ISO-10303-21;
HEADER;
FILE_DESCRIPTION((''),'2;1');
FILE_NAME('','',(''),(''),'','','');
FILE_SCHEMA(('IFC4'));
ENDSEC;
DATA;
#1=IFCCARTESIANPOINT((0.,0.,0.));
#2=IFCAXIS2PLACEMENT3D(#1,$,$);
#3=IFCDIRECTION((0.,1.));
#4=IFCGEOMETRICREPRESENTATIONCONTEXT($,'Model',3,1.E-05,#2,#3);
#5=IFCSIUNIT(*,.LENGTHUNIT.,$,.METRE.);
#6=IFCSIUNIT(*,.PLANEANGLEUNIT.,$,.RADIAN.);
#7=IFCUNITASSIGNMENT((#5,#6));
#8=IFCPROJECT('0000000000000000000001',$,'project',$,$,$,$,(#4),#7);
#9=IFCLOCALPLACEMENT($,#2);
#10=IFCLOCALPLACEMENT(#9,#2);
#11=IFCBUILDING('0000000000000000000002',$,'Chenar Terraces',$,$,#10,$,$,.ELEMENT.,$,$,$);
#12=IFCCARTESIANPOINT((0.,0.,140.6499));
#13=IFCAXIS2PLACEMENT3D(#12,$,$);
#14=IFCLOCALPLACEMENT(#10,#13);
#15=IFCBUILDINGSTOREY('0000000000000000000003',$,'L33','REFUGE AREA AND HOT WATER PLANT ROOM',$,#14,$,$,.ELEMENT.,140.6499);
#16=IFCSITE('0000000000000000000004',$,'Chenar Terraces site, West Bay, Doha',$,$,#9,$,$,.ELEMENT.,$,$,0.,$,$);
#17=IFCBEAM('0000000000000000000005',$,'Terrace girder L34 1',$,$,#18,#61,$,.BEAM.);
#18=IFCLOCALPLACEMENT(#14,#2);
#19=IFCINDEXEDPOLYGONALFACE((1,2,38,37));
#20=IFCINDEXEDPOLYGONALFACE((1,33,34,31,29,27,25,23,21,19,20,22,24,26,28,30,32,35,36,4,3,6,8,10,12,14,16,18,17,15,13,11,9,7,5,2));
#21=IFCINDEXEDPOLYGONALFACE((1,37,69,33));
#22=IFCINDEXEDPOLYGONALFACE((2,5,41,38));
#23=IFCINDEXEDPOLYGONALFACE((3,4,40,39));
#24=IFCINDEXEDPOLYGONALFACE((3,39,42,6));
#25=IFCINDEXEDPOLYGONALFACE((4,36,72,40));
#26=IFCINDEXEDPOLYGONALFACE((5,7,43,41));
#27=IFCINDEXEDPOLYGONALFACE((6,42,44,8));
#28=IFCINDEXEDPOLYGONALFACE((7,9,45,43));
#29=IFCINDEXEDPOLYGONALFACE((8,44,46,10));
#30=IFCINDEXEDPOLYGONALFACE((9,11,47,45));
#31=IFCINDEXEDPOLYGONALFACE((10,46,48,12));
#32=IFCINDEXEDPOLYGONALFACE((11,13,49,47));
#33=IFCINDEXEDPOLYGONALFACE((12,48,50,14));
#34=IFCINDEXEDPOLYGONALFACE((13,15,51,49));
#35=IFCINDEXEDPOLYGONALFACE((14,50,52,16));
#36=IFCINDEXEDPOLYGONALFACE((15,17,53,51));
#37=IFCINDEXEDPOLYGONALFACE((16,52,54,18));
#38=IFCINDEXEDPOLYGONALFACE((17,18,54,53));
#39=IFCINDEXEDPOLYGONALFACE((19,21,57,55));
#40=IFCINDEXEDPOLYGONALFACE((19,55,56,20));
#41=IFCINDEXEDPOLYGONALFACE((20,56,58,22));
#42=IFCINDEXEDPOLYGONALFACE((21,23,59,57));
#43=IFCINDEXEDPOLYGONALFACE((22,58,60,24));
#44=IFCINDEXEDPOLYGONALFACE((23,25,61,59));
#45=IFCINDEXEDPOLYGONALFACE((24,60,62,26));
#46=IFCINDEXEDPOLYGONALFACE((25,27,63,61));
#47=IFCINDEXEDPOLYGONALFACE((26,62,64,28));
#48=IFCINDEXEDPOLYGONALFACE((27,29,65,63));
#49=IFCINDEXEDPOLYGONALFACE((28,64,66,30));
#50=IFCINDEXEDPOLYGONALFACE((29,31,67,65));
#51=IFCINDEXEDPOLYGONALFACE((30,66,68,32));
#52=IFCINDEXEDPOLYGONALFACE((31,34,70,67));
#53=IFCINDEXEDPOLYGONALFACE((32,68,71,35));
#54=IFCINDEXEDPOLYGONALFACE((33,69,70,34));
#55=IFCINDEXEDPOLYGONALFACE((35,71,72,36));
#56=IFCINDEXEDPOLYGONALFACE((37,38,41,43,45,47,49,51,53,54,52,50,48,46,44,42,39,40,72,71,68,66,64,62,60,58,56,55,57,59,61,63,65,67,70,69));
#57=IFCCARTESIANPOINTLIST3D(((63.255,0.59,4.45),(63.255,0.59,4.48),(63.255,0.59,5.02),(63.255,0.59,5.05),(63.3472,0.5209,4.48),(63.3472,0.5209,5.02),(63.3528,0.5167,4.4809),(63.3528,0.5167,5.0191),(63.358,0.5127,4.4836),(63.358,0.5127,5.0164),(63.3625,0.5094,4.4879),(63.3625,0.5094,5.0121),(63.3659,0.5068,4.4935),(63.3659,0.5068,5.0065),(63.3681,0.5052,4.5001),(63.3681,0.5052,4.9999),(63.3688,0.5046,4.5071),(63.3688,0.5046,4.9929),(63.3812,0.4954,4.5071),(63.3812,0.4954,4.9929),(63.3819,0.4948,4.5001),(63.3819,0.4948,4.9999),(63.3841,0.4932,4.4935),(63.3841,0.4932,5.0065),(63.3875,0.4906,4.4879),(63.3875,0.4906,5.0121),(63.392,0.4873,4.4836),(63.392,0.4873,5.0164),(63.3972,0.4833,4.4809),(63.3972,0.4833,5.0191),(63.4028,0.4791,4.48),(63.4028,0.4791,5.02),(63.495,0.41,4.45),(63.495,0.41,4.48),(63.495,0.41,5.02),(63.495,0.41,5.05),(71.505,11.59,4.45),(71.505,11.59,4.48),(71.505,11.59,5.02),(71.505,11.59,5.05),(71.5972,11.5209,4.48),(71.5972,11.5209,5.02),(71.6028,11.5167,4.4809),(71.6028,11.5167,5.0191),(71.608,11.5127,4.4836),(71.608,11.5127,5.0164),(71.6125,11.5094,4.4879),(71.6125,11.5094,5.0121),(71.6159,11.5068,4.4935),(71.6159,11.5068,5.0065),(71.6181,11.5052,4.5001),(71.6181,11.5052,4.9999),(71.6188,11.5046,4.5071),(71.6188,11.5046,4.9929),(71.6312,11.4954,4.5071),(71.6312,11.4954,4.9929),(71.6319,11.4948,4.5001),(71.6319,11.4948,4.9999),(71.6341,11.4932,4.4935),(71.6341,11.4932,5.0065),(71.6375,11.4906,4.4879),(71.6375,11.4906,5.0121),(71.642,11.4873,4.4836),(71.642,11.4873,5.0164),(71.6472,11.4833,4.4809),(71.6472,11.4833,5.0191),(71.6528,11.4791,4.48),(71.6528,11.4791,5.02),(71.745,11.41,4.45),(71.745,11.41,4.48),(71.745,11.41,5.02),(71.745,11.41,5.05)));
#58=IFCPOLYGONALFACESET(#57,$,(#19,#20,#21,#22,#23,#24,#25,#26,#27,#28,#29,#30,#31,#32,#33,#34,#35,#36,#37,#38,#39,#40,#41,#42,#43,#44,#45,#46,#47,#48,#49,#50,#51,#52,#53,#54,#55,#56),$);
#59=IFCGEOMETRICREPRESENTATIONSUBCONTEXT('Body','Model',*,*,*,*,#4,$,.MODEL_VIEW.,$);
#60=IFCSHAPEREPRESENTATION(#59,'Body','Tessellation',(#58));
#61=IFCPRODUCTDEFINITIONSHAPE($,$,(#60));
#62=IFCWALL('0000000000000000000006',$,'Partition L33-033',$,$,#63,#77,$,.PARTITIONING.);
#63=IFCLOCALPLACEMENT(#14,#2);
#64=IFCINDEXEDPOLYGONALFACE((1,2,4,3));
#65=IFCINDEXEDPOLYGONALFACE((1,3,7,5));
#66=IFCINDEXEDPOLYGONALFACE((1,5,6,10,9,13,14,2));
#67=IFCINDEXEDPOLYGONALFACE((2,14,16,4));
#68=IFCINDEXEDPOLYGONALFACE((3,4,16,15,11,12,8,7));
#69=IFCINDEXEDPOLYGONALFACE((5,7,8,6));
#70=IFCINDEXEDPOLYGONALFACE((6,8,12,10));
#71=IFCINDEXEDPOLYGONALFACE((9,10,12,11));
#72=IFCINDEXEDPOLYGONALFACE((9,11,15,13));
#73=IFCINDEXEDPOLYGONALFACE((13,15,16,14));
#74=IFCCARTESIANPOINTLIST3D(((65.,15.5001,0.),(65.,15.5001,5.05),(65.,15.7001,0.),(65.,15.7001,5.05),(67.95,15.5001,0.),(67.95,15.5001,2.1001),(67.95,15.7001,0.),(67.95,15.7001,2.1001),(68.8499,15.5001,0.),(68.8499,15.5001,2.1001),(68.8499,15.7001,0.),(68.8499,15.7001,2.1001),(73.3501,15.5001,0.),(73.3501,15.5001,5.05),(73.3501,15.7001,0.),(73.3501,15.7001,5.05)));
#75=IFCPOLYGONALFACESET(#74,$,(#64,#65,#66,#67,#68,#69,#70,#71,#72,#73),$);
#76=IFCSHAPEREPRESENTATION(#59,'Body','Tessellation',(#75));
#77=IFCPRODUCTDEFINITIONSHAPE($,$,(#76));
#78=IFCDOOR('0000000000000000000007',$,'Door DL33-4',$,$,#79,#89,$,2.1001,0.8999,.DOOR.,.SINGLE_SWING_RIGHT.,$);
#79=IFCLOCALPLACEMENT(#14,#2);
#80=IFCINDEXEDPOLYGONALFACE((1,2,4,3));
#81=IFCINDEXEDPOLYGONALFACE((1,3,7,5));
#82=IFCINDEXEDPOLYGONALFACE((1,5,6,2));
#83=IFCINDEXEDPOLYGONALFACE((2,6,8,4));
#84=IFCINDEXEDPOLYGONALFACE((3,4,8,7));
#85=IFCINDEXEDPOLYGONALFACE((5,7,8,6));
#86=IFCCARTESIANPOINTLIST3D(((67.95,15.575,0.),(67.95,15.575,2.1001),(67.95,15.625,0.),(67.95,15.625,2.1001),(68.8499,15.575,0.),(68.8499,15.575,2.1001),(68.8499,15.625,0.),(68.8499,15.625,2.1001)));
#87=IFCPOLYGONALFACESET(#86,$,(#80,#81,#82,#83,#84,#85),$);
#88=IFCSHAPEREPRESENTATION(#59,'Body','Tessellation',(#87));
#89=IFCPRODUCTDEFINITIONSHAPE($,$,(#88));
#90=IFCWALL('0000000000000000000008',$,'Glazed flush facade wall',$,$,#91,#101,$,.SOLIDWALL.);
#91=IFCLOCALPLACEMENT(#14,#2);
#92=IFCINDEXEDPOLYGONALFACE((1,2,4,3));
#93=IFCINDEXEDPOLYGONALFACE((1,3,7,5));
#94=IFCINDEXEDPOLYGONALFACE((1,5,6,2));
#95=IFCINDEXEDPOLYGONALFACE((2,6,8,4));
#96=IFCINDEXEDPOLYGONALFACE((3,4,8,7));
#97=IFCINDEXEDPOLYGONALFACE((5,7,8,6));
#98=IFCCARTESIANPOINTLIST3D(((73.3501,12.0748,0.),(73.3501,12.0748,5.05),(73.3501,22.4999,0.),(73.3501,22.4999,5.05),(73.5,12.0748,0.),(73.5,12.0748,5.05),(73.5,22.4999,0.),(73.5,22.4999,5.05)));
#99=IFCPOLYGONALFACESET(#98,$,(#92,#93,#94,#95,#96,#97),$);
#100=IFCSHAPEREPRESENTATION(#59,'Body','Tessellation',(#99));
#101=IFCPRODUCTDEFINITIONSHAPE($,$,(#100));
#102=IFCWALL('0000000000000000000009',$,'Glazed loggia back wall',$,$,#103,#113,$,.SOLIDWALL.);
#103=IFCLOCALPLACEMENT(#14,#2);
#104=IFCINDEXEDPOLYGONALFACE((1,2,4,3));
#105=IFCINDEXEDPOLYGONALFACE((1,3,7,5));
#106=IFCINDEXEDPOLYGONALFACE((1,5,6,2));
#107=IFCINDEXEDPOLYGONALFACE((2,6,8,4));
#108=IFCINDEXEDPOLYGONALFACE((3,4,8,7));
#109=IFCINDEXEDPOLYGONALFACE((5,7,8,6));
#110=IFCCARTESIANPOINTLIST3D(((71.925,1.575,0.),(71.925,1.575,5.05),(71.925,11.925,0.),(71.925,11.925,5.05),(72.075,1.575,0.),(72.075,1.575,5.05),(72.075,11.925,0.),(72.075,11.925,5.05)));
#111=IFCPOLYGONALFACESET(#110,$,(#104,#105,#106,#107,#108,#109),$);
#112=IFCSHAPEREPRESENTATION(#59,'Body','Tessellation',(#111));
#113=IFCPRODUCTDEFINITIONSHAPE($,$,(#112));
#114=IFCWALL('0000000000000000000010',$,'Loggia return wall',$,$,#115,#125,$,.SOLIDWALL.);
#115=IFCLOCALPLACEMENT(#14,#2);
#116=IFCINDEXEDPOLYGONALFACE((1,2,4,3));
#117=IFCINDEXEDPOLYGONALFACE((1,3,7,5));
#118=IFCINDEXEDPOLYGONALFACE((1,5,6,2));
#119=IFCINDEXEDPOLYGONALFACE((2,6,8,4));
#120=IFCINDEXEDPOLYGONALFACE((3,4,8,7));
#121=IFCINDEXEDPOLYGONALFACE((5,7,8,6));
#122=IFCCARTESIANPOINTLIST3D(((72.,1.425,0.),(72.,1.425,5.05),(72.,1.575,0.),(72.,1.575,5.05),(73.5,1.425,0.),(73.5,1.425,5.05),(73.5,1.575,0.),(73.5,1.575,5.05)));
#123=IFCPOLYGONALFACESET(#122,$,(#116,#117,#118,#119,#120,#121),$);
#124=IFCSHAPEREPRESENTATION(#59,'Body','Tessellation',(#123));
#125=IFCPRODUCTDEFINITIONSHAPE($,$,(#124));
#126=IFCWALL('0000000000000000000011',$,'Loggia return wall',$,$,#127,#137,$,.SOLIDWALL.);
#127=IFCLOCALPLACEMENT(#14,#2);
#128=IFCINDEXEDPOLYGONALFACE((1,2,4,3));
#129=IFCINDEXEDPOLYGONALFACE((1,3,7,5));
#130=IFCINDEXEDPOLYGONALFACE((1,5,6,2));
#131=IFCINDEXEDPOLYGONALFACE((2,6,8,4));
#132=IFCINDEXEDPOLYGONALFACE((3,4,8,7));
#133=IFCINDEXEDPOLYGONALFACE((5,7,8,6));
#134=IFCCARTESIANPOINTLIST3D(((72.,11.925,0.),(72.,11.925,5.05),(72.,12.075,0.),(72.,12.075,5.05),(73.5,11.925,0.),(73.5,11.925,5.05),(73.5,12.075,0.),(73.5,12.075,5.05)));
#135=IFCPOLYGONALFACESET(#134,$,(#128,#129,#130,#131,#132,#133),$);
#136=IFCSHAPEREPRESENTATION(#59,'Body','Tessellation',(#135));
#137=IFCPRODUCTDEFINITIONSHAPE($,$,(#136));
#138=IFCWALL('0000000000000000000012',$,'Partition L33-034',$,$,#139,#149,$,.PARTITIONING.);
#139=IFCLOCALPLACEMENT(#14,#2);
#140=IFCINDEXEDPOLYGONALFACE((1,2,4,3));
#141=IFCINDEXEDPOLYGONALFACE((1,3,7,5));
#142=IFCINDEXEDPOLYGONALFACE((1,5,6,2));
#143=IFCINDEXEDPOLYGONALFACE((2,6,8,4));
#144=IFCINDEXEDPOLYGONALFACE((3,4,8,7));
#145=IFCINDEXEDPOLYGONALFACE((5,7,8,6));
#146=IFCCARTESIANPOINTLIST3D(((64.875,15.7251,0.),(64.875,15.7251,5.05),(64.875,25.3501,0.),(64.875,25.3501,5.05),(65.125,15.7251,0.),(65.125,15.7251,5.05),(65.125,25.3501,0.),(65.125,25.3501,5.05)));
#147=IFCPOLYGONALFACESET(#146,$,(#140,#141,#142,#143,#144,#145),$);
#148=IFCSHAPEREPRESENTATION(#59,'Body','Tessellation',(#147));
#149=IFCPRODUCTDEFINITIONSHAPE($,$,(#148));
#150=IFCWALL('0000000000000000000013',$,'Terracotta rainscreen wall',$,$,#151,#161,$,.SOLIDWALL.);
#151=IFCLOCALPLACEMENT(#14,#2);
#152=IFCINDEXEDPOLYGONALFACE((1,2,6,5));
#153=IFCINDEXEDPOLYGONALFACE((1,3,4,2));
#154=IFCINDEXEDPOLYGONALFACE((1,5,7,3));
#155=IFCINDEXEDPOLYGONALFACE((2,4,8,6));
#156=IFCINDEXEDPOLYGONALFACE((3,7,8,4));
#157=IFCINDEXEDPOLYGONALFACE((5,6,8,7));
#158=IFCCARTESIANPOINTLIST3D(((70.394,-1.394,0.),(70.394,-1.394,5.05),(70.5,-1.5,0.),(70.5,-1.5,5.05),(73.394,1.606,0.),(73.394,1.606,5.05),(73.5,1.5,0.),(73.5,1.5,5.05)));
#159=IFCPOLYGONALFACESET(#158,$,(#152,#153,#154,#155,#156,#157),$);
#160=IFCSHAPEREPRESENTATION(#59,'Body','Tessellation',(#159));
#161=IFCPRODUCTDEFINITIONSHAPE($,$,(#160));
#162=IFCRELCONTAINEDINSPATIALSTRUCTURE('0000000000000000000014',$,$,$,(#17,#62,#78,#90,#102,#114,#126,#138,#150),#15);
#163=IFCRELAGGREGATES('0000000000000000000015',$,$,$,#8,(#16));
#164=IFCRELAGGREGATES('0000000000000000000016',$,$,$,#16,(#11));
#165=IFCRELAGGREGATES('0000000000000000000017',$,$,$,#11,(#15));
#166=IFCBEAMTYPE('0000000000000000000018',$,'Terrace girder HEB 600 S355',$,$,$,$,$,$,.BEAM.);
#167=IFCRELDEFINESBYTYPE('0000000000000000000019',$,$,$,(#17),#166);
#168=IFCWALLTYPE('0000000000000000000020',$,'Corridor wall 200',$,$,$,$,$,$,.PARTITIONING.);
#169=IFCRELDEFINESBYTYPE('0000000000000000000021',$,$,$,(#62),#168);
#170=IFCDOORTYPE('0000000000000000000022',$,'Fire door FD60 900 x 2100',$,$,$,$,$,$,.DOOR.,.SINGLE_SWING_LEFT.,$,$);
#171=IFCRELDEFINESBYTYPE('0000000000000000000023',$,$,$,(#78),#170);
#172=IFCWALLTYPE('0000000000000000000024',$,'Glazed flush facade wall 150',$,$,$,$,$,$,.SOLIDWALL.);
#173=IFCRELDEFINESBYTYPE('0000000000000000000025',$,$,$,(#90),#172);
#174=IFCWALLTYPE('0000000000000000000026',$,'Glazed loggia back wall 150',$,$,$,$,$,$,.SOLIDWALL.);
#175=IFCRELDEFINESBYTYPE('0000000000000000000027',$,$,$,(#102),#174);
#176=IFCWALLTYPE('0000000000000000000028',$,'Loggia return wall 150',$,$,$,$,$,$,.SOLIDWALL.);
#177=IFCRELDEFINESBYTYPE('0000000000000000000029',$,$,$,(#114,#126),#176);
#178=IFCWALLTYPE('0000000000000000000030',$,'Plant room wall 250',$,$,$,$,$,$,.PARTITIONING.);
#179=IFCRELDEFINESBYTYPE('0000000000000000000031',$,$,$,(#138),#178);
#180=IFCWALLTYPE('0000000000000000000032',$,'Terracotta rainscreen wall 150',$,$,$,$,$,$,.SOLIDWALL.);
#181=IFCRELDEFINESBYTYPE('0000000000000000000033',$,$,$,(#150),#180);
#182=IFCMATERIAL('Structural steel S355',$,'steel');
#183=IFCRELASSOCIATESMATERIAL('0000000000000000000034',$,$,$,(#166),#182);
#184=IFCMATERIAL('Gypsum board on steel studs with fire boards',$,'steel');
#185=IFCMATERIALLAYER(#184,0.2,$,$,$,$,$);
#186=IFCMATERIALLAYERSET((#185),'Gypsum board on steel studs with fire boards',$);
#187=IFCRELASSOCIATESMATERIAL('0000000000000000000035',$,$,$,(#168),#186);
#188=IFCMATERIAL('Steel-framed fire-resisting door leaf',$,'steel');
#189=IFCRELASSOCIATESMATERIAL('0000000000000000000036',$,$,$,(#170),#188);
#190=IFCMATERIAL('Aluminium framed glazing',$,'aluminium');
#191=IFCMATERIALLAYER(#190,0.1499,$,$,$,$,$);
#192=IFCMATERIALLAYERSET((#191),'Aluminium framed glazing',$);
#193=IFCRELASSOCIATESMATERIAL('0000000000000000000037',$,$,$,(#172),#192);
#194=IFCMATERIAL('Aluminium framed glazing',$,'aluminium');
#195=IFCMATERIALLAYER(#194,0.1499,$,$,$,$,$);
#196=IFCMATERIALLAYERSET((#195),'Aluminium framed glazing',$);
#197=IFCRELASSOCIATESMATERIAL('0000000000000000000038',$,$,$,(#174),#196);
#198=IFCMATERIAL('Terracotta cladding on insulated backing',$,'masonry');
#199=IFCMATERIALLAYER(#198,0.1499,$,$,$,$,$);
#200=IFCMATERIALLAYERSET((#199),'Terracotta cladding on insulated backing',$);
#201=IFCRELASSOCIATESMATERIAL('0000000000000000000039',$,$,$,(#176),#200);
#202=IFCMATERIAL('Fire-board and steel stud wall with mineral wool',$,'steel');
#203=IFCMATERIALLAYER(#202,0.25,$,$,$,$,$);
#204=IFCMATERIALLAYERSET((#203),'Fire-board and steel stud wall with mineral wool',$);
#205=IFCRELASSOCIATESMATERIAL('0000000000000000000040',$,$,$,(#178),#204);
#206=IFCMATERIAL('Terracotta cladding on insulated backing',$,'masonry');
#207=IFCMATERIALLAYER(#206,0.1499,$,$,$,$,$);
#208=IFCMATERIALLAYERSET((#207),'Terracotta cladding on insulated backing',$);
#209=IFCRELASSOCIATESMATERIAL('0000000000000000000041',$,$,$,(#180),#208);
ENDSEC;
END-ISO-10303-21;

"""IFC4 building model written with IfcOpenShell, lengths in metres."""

from ifc_helpers import new_model, si_unit, direction, frame, frame_2d, origin, origin_2d, place, context, subcontext, project, spatial, rectangle, i_section, extrude, material, layer, layer_set, material_profile, profile_set, type_object, element, fill, save


model = new_model("IFC4")

# Units and contexts
model_context = context("Model", 3, precision=1e-05, world=origin(), true_north=direction((0.0, 1.0)))
body_context = subcontext(model_context, "Body", "Model", "MODEL_VIEW")
ifc_project = project(units=[si_unit("LENGTHUNIT", "METRE"), si_unit("PLANEANGLEUNIT", "RADIAN")], contexts=[model_context])

# Site, building, storey
site_placement = place(None, origin())
site = spatial("IfcSite", under=ifc_project, at=site_placement, Name="Chenar Terraces site, West Bay, Doha", CompositionType="ELEMENT", RefElevation=0.0)
building_placement = place(site_placement, origin())
building = spatial("IfcBuilding", under=site, at=building_placement, Name="Chenar Terraces", CompositionType="ELEMENT")
storey_placement = place(building_placement, frame((0.0, 0.0, 140.6499)))
storey = spatial("IfcBuildingStorey", under=building, at=storey_placement, Name="L33", Description="REFUGE AREA AND HOT WATER PLANT ROOM", CompositionType="ELEMENT", Elevation=140.6499)

# Beam
ifc_material_1 = material(Name="Structural steel S355", Category="steel")
ifc_material_profile_1 = material_profile(ifc_material_1, i_section(OverallWidth=0.3, OverallDepth=0.6001, WebThickness=0.0154, FlangeThickness=0.03, FilletRadius=0.0271, at=origin_2d()), Name="HEB 600")
ifc_profile_set_1 = profile_set([ifc_material_profile_1], Name="Structural steel S355")
beam_type_1 = type_object("IfcBeamType", Name="Terrace girder HEB 600 S355", PredefinedType="BEAM", material=ifc_profile_set_1)
beam_placement = place(storey_placement, frame((63.375, 0.5, 4.75), z_axis=(0.6, 0.8, 0.0), x_axis=(-0.8, 0.6, 0.0)))
element("IfcBeam", 1, at=beam_placement, inside=storey, type_object=beam_type_1, Name="Terrace girder L34 1", PredefinedType="BEAM", context=body_context, shape_type="SweptSolid", body=[
    extrude(i_section(OverallWidth=0.3, OverallDepth=0.6001, WebThickness=0.0154, FlangeThickness=0.03, FilletRadius=0.0271, at=origin_2d()), origin(), (0.0, 0.0, 1.0), 13.75),
])

# Wall, opening, door
ifc_material_2 = material(Name="Gypsum board on steel studs with fire boards", Category="steel")
ifc_layer_1 = layer(ifc_material_2, 0.2)
ifc_layer_set_1 = layer_set([ifc_layer_1], Name="Gypsum board on steel studs with fire boards")
wall_type_1 = type_object("IfcWallType", Name="Corridor wall 200", PredefinedType="PARTITIONING", material=ifc_layer_set_1)
wall_1_placement = place(storey_placement, frame((65.0, 15.6001, 0.0), z_axis=(0.0, 0.0, 1.0), x_axis=(1.0, 0.0, 0.0)))
wall_1 = element("IfcWall", 2, at=wall_1_placement, inside=storey, type_object=wall_type_1, Name="Partition L33-033", PredefinedType="PARTITIONING", context=body_context, shape_type="SweptSolid", body=[
    extrude(rectangle(XDim=8.3501, YDim=0.2, at=frame_2d((4.175, 0.0))), origin(), (0.0, 0.0, 1.0), 5.05),
])
opening_placement = place(wall_1_placement, frame((2.95, 0.0, 0.0)))
opening = element("IfcOpeningElement", 3, at=opening_placement, cuts=wall_1, PredefinedType="OPENING", context=body_context, shape_type="SweptSolid", body=[
    extrude(rectangle(XDim=0.8999, YDim=2.1001, at=frame_2d((0.45, 1.05))), frame((0.0, 0.1099, 0.0), z_axis=(0.0, -1.0, 0.0), x_axis=(1.0, 0.0, 0.0)), (0.0, 0.0, 1.0), 0.22),
])
ifc_material_3 = material(Name="Steel-framed fire-resisting door leaf", Category="steel")
door_type = type_object("IfcDoorType", Name="Fire door FD60 900 x 2100", OperationType="SINGLE_SWING_LEFT", PredefinedType="DOOR", material=ifc_material_3)
door_placement = place(opening_placement, origin())
door = element("IfcDoor", 4, at=door_placement, inside=storey, type_object=door_type, Name="Door DL33-4", OperationType="SINGLE_SWING_RIGHT", OverallHeight=2.1001, OverallWidth=0.8999, PredefinedType="DOOR", context=body_context, shape_type="SweptSolid", body=[
    extrude(rectangle(XDim=0.8999, YDim=2.1001, at=frame_2d((0.45, 1.05))), frame((0.0, 0.0249, 0.0), z_axis=(0.0, -1.0, 0.0), x_axis=(1.0, 0.0, 0.0)), (0.0, 0.0, 1.0), 0.05),
])
fill(opening, door)

# Walls
ifc_material_4 = material(Name="Aluminium framed glazing", Category="aluminium")
ifc_layer_2 = layer(ifc_material_4, 0.1499)
ifc_layer_set_2 = layer_set([ifc_layer_2], Name="Aluminium framed glazing")
wall_type_2 = type_object("IfcWallType", Name="Glazed flush facade wall 150", PredefinedType="SOLIDWALL", material=ifc_layer_set_2)
wall_2_placement = place(storey_placement, frame((73.425, 12.075, 0.0), z_axis=(0.0, 0.0, 1.0), x_axis=(0.0, 1.0, 0.0)))
element("IfcWall", 5, at=wall_2_placement, inside=storey, type_object=wall_type_2, Name="Glazed flush facade wall", PredefinedType="SOLIDWALL", context=body_context, shape_type="SweptSolid", body=[
    extrude(rectangle(XDim=10.425, YDim=0.1499, at=frame_2d((5.2124, 0.0))), origin(), (0.0, 0.0, 1.0), 5.05),
])
ifc_material_5 = material(Name="Aluminium framed glazing", Category="aluminium")
ifc_layer_3 = layer(ifc_material_5, 0.1499)
ifc_layer_set_3 = layer_set([ifc_layer_3], Name="Aluminium framed glazing")
wall_type_3 = type_object("IfcWallType", Name="Glazed loggia back wall 150", PredefinedType="SOLIDWALL", material=ifc_layer_set_3)
wall_3_placement = place(storey_placement, frame((72.0, 1.575, 0.0), z_axis=(0.0, 0.0, 1.0), x_axis=(0.0, 1.0, 0.0)))
element("IfcWall", 6, at=wall_3_placement, inside=storey, type_object=wall_type_3, Name="Glazed loggia back wall", PredefinedType="SOLIDWALL", context=body_context, shape_type="SweptSolid", body=[
    extrude(rectangle(XDim=10.3501, YDim=0.1499, at=frame_2d((5.175, 0.0))), origin(), (0.0, 0.0, 1.0), 5.05),
])
ifc_material_6 = material(Name="Terracotta cladding on insulated backing", Category="masonry")
ifc_layer_4 = layer(ifc_material_6, 0.1499)
ifc_layer_set_4 = layer_set([ifc_layer_4], Name="Terracotta cladding on insulated backing")
wall_type_4 = type_object("IfcWallType", Name="Loggia return wall 150", PredefinedType="SOLIDWALL", material=ifc_layer_set_4)
for number, where, z_axis, x_axis, name in (
    (7, (73.5, 1.5, 0.0), (0.0, 0.0, 1.0), (-1.0, 0.0, 0.0), "Loggia return wall"),
    (8, (73.5, 12.0, 0.0), (0.0, 0.0, 1.0), (-1.0, 0.0, 0.0), "Loggia return wall"),
):
    element("IfcWall", number, at=place(storey_placement, frame(where, z_axis=z_axis, x_axis=x_axis)), inside=storey, type_object=wall_type_4, Name=name, PredefinedType="SOLIDWALL", context=body_context, shape_type="SweptSolid", body=[
        extrude(rectangle(XDim=1.5, YDim=0.1499, at=frame_2d((0.75, 0.0))), origin(), (0.0, 0.0, 1.0), 5.05),
    ])
ifc_material_7 = material(Name="Fire-board and steel stud wall with mineral wool", Category="steel")
ifc_layer_5 = layer(ifc_material_7, 0.25)
ifc_layer_set_5 = layer_set([ifc_layer_5], Name="Fire-board and steel stud wall with mineral wool")
wall_type_5 = type_object("IfcWallType", Name="Plant room wall 250", PredefinedType="PARTITIONING", material=ifc_layer_set_5)
wall_4_placement = place(storey_placement, frame((65.0, 15.7251, 0.0), z_axis=(0.0, 0.0, 1.0), x_axis=(0.0, 1.0, 0.0)))
element("IfcWall", 9, at=wall_4_placement, inside=storey, type_object=wall_type_5, Name="Partition L33-034", PredefinedType="PARTITIONING", context=body_context, shape_type="SweptSolid", body=[
    extrude(rectangle(XDim=9.625, YDim=0.25, at=frame_2d((4.8125, 0.0))), origin(), (0.0, 0.0, 1.0), 5.05),
])
ifc_material_8 = material(Name="Terracotta cladding on insulated backing", Category="masonry")
ifc_layer_6 = layer(ifc_material_8, 0.1499)
ifc_layer_set_6 = layer_set([ifc_layer_6], Name="Terracotta cladding on insulated backing")
wall_type_6 = type_object("IfcWallType", Name="Terracotta rainscreen wall 150", PredefinedType="SOLIDWALL", material=ifc_layer_set_6)
wall_5_placement = place(storey_placement, frame((70.447, -1.447, 0.0), z_axis=(0.0, 0.0, 1.0), x_axis=(0.707107, 0.707107, 0.0)))
element("IfcWall", 10, at=wall_5_placement, inside=storey, type_object=wall_type_6, Name="Terracotta rainscreen wall", PredefinedType="SOLIDWALL", context=body_context, shape_type="SweptSolid", body=[
    extrude(rectangle(XDim=4.2427, YDim=0.1499, at=frame_2d((2.1213, 0.0))), origin(), (0.0, 0.0, 1.0), 5.05),
])

save(model, "model.ifc")
